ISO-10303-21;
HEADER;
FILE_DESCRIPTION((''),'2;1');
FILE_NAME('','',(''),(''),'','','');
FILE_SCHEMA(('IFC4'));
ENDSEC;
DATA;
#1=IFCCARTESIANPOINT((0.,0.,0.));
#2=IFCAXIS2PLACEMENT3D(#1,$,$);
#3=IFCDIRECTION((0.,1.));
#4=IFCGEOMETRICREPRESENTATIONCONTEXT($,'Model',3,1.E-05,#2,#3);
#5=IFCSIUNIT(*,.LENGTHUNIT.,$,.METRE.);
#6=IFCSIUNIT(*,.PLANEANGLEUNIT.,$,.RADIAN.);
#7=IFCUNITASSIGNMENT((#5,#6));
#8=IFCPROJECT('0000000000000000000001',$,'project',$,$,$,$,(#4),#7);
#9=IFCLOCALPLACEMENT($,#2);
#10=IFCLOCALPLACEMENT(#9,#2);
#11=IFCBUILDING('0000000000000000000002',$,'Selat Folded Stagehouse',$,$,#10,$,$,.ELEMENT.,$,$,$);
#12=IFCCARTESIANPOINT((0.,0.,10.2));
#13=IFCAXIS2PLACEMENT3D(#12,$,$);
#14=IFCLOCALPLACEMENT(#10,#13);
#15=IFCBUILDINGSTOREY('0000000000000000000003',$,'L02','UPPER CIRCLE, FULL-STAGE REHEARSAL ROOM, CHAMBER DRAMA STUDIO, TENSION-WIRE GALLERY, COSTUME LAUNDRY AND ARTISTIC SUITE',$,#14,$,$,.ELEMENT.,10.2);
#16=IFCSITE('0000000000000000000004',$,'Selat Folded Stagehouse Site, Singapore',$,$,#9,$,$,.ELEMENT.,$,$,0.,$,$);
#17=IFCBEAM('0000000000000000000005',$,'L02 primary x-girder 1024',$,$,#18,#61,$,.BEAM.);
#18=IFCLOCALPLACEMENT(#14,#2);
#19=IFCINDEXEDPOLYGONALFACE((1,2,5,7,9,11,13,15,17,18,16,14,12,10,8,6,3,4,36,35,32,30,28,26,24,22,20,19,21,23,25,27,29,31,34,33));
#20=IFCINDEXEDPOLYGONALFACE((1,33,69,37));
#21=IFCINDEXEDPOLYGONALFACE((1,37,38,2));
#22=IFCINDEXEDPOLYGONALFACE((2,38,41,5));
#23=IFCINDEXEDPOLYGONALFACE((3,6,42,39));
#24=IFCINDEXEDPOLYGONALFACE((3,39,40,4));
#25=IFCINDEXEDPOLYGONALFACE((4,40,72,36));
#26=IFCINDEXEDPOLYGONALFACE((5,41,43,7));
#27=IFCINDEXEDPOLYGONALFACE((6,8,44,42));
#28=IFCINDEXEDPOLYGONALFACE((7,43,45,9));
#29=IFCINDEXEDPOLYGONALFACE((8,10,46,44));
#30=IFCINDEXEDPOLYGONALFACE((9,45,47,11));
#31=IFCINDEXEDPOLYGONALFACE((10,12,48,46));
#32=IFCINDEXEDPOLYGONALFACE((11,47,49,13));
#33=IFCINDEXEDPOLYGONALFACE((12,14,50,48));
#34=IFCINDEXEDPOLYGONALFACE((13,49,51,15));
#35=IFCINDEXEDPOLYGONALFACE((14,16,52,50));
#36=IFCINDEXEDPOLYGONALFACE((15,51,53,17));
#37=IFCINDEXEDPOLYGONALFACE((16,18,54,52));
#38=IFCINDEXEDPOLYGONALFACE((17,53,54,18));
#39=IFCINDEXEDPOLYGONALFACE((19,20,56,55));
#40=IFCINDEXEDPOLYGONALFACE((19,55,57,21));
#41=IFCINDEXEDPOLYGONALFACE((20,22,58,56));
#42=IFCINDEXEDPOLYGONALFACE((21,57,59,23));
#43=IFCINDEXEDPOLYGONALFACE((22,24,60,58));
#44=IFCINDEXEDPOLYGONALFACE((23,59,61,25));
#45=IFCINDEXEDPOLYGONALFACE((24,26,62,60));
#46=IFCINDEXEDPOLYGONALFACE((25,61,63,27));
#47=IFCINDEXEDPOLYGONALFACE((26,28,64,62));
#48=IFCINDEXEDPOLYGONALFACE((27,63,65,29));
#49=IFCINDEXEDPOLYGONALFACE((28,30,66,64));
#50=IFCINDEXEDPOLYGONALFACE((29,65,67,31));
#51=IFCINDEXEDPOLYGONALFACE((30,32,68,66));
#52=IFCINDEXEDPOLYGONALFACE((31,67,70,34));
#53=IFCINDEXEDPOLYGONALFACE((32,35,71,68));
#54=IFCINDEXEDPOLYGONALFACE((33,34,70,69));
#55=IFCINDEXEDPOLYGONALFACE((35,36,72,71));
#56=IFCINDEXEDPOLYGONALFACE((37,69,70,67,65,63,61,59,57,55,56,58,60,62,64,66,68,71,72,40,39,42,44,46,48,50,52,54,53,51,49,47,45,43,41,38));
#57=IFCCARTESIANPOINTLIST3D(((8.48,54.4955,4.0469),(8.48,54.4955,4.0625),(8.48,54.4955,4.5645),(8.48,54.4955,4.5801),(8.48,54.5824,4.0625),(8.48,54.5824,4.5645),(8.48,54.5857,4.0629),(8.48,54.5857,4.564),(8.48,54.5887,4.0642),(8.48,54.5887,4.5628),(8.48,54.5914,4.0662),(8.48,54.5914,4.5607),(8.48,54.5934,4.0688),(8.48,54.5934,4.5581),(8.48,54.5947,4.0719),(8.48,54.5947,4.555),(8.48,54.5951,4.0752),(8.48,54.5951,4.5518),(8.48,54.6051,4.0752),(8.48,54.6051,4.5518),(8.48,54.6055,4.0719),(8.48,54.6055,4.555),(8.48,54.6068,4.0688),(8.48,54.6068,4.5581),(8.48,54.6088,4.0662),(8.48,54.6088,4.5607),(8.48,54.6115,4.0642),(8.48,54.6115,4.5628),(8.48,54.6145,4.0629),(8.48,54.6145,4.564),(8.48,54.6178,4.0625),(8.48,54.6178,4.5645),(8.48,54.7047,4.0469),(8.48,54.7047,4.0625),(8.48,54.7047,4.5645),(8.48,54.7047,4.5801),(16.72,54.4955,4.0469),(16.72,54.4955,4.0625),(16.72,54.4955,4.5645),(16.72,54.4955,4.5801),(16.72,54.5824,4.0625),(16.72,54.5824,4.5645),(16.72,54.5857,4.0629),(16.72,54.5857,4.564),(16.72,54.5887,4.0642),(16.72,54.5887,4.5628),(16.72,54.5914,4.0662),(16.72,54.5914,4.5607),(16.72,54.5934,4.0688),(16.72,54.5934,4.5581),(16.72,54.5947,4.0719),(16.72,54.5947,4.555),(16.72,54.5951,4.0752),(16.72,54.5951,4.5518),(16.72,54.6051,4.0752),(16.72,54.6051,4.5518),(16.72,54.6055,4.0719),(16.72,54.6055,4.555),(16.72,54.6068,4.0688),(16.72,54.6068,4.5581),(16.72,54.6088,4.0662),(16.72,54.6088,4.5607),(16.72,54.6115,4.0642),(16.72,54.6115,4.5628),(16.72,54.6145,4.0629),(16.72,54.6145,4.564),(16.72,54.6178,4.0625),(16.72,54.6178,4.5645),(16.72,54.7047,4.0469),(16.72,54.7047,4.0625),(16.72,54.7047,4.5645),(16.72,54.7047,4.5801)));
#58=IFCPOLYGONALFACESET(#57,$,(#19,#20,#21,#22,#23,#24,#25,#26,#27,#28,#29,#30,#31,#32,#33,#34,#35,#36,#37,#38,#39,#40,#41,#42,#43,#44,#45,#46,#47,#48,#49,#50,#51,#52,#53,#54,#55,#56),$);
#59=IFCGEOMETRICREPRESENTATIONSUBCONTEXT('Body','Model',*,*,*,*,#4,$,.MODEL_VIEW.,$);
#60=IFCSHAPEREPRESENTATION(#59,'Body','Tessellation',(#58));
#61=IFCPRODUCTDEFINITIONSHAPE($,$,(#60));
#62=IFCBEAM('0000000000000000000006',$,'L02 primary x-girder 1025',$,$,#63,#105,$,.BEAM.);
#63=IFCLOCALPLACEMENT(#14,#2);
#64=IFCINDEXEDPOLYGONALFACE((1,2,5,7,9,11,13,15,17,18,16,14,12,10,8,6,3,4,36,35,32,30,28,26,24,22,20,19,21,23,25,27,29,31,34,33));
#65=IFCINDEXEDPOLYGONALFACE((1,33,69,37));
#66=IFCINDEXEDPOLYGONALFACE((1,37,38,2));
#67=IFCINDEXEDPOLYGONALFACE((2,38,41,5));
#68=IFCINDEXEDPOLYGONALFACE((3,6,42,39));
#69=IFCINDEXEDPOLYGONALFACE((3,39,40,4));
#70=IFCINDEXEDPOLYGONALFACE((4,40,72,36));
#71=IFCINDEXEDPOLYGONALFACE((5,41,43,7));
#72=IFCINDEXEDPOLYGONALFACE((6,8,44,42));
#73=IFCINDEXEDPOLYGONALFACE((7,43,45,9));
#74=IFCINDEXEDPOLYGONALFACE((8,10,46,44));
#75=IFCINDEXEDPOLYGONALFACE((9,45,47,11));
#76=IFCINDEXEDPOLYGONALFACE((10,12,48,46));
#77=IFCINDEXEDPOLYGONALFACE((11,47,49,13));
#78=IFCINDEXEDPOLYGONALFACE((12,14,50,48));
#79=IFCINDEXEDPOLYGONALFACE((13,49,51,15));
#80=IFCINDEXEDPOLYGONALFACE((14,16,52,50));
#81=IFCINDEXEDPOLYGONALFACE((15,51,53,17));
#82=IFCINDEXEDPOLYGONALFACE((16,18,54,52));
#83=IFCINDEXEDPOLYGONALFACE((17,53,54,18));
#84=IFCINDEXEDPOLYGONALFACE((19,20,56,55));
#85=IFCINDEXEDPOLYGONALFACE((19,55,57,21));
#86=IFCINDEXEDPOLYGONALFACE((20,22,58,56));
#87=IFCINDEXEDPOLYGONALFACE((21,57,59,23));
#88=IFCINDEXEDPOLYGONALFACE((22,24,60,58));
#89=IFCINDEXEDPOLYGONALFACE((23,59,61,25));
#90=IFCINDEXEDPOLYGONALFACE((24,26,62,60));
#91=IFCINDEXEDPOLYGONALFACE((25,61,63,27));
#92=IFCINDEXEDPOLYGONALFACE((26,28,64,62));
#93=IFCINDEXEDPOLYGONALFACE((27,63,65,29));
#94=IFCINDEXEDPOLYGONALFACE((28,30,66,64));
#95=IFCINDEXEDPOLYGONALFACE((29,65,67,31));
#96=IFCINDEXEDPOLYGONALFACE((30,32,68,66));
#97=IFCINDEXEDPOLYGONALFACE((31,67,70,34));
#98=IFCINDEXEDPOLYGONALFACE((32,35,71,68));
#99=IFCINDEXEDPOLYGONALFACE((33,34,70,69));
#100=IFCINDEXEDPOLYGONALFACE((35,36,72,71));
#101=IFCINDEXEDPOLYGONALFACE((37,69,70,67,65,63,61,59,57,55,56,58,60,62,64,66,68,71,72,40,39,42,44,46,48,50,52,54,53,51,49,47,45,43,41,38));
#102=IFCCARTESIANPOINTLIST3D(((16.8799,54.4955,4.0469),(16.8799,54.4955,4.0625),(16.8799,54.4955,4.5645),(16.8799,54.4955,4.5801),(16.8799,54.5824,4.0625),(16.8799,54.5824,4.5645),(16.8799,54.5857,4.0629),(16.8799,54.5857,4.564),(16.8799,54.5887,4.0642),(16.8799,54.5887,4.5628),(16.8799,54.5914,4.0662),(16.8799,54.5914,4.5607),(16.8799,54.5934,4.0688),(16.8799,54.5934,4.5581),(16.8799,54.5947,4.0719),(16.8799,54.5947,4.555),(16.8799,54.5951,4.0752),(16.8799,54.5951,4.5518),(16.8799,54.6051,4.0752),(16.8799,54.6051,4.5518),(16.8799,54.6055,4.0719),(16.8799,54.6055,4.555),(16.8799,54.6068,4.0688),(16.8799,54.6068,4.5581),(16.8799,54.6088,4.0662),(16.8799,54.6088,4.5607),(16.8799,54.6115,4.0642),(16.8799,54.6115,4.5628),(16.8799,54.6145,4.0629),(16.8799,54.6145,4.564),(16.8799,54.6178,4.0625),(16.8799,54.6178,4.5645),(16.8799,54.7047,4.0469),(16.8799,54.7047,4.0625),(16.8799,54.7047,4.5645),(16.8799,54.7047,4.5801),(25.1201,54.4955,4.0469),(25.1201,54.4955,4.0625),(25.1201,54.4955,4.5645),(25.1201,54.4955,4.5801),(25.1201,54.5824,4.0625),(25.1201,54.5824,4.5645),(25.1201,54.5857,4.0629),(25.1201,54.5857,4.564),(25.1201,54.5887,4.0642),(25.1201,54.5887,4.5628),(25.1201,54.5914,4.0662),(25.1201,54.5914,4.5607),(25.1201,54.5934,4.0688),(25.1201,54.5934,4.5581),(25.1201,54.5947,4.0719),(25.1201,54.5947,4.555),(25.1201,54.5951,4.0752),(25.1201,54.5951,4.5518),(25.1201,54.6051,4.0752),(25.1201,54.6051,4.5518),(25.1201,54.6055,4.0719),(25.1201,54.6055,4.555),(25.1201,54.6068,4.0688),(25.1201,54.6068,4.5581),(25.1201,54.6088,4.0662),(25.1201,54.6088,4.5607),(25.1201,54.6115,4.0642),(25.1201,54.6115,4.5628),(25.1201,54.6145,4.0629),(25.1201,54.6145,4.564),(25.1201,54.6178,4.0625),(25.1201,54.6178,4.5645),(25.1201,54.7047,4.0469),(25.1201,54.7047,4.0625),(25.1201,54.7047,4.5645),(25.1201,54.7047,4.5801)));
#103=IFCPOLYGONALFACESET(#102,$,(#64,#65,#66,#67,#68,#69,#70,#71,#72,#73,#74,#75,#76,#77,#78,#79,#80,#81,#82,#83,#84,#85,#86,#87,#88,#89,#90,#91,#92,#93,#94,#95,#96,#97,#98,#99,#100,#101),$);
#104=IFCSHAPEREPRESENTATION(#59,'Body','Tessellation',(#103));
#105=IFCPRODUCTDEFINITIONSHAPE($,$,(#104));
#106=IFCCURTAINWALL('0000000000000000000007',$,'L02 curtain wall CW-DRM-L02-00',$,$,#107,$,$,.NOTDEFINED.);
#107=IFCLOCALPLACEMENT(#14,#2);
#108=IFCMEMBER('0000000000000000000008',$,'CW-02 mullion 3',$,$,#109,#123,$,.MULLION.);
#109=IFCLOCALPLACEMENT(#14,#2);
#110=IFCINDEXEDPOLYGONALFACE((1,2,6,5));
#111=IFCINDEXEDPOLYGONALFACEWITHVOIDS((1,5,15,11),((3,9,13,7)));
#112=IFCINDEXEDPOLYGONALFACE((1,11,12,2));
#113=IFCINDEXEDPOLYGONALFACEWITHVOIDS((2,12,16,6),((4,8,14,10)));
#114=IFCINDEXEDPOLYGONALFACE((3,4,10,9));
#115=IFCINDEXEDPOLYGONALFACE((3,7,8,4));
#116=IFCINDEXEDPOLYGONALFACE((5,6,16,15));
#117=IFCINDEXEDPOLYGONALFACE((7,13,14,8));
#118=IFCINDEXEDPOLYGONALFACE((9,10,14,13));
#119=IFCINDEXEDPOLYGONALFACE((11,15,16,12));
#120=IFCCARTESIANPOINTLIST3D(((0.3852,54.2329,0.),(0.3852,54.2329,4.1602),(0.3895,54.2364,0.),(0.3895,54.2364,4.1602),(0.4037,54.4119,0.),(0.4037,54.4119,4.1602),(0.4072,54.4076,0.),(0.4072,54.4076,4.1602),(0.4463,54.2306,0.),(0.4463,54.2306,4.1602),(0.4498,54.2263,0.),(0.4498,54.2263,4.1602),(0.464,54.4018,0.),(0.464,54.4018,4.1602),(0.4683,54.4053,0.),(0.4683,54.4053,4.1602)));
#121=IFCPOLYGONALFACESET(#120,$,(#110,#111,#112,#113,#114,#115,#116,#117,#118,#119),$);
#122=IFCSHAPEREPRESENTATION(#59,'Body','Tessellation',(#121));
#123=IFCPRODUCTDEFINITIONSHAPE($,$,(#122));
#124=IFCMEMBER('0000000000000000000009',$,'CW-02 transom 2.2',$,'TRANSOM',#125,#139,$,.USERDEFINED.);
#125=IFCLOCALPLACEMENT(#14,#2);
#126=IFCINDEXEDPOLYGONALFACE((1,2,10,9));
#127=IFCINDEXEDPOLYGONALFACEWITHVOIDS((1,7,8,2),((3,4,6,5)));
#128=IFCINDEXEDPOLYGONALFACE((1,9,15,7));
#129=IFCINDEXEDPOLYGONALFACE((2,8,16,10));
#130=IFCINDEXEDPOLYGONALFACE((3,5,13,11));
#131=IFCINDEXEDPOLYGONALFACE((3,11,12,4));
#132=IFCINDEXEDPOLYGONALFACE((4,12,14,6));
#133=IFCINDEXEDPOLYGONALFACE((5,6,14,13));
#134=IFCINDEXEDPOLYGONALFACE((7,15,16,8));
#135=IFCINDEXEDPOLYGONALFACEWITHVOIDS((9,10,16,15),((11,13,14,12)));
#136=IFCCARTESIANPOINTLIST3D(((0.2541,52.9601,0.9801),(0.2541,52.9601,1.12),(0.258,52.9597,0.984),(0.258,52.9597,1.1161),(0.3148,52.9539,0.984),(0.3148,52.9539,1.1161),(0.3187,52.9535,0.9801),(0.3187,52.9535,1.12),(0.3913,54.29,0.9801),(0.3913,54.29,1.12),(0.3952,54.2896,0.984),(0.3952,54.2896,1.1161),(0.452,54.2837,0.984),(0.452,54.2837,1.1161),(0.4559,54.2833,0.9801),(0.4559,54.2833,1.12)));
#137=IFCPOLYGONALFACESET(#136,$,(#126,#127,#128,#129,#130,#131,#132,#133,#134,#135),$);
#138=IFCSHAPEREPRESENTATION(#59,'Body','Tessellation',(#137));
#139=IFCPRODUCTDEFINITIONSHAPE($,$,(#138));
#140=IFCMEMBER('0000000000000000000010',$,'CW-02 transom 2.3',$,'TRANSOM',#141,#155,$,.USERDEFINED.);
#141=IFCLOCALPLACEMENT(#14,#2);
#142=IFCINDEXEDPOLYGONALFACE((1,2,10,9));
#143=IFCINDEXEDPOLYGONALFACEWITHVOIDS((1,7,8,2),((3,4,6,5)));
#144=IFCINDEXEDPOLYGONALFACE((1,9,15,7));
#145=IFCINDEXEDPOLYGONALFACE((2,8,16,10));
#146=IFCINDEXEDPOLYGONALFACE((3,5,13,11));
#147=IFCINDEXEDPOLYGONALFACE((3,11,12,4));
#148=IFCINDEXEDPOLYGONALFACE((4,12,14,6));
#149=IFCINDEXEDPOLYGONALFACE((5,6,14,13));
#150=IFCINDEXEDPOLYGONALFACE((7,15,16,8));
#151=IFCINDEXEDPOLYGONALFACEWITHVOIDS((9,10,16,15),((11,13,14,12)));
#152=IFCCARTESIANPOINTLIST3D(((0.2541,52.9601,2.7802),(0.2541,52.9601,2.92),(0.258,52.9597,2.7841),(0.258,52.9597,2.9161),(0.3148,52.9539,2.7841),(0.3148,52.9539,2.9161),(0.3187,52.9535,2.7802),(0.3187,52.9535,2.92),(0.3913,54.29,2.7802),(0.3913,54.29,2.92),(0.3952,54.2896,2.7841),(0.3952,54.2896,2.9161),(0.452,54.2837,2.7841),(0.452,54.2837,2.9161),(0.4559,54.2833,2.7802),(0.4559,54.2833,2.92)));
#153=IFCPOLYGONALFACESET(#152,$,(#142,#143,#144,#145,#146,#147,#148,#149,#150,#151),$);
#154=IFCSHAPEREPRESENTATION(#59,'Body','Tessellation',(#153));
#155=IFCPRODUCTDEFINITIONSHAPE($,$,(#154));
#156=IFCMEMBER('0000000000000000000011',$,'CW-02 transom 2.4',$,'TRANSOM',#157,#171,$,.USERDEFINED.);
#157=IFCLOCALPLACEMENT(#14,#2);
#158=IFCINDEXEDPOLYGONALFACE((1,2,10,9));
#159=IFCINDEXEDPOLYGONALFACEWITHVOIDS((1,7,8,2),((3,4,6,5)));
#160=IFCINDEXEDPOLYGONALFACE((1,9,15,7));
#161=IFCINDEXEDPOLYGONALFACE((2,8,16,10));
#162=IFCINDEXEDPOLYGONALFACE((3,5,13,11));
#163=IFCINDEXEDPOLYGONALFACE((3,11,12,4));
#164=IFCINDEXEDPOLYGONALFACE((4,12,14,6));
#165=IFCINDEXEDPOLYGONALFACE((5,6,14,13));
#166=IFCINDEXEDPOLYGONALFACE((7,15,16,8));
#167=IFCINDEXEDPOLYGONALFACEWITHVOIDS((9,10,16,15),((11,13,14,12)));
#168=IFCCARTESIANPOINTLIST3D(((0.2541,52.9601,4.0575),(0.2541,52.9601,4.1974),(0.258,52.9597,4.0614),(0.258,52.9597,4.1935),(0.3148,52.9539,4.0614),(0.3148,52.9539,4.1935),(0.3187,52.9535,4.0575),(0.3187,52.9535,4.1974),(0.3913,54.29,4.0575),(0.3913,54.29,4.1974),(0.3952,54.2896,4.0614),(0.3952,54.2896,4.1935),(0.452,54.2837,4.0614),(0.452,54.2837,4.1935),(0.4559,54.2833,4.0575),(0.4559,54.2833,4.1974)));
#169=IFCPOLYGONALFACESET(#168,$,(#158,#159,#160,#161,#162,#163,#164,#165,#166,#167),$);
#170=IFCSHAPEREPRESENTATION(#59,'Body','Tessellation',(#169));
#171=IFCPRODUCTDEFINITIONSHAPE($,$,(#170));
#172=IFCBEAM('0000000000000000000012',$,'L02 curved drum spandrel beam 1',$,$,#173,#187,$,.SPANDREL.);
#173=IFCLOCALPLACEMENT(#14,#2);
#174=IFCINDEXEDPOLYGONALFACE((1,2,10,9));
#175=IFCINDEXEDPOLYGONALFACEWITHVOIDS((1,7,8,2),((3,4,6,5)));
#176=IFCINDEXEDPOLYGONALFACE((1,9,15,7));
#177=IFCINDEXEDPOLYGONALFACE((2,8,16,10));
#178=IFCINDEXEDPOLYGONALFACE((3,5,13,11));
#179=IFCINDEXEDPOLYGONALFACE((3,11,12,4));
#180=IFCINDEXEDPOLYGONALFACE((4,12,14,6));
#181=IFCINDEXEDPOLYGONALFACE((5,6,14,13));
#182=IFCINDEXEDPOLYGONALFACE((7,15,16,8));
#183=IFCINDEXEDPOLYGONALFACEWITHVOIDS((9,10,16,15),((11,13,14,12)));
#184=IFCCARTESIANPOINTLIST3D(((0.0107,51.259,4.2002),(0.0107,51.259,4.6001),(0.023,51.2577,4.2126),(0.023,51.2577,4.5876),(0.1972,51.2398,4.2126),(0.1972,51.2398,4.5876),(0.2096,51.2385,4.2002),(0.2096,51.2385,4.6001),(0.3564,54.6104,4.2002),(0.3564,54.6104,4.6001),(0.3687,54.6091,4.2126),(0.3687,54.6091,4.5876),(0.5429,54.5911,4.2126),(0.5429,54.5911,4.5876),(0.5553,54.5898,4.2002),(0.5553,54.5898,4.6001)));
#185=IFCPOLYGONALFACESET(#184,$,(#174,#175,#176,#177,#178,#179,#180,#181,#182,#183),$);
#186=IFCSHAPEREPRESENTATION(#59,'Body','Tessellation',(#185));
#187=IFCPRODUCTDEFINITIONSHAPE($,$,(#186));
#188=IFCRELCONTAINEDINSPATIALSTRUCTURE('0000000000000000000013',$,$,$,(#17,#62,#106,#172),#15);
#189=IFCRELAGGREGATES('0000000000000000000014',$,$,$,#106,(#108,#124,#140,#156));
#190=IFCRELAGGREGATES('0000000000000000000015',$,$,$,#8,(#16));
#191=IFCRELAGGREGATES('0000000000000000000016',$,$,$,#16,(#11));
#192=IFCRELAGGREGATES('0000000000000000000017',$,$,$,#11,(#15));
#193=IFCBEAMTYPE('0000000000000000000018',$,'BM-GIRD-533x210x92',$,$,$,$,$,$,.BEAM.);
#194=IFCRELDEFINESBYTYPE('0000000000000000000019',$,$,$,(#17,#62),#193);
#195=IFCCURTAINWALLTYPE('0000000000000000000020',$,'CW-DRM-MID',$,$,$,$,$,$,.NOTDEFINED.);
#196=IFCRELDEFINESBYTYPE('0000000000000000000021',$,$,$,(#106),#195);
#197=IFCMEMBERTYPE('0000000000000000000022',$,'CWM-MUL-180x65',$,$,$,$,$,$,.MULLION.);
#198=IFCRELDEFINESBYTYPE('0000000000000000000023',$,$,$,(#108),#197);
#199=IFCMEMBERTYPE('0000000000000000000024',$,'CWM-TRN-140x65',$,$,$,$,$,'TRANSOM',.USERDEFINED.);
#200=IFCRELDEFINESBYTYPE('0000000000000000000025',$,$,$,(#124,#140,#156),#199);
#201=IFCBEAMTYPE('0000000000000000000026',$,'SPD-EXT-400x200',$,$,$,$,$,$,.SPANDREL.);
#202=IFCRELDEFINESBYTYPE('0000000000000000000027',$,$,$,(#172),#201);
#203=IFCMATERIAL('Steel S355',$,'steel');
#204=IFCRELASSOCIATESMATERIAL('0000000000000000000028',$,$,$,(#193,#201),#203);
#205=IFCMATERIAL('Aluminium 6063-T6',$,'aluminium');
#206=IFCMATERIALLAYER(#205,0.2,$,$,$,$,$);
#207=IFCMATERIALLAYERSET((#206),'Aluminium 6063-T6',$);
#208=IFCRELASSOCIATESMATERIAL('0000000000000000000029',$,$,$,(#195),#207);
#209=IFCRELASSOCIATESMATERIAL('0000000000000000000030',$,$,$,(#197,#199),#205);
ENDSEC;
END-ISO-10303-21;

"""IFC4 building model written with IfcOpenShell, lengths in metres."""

from ifc_helpers import new_model, si_unit, direction, frame, origin, origin_2d, place, context, subcontext, project, spatial, hollow_rectangle, i_section, extrude, material, layer, layer_set, material_profile, profile_set, type_object, element, aggregate, save


model = new_model("IFC4")

# Units and contexts
model_context = context("Model", 3, precision=1e-05, world=origin(), true_north=direction((0.0, 1.0)))
body_context = subcontext(model_context, "Body", "Model", "MODEL_VIEW")
ifc_project = project(units=[si_unit("LENGTHUNIT", "METRE"), si_unit("PLANEANGLEUNIT", "RADIAN")], contexts=[model_context])

# Site, building, storey
site_placement = place(None, origin())
site = spatial("IfcSite", under=ifc_project, at=site_placement, Name="Selat Folded Stagehouse Site, Singapore", CompositionType="ELEMENT", RefElevation=0.0)
building_placement = place(site_placement, origin())
building = spatial("IfcBuilding", under=site, at=building_placement, Name="Selat Folded Stagehouse", CompositionType="ELEMENT")
storey_placement = place(building_placement, frame((0.0, 0.0, 10.2)))
storey = spatial("IfcBuildingStorey", under=building, at=storey_placement, Name="L02", Description="UPPER CIRCLE, FULL-STAGE REHEARSAL ROOM, CHAMBER DRAMA STUDIO, TENSION-WIRE GALLERY, COSTUME LAUNDRY AND ARTISTIC SUITE", CompositionType="ELEMENT", Elevation=10.2)

# Shared definitions
ifc_material_1 = material(Name="Steel S355", Category="steel")

# Beams
ifc_material_profile_1 = material_profile(ifc_material_1, i_section(OverallWidth=0.2092, OverallDepth=0.5332, WebThickness=0.01, FlangeThickness=0.0156, FilletRadius=0.0127, at=origin_2d()), Name="UKB 533x210x92")
ifc_profile_set_1 = profile_set([ifc_material_profile_1], Name="Steel S355")
beam_type_1 = type_object("IfcBeamType", Name="BM-GIRD-533x210x92", PredefinedType="BEAM", material=ifc_profile_set_1)
beam_1_placement = place(storey_placement, frame((8.48, 54.6001, 4.3135), z_axis=(1.0, 0.0, 0.0), x_axis=(0.0, 1.0, 0.0)))
element("IfcBeam", 1, at=beam_1_placement, inside=storey, type_object=beam_type_1, Name="L02 primary x-girder 1024", PredefinedType="BEAM", context=body_context, shape_type="SweptSolid", body=[
    extrude(i_section(OverallWidth=0.2092, OverallDepth=0.5332, WebThickness=0.01, FlangeThickness=0.0156, FilletRadius=0.0127, at=origin_2d()), origin(), (0.0, 0.0, 1.0), 8.24),
])
beam_2_placement = place(storey_placement, frame((16.8799, 54.6001, 4.3135), z_axis=(1.0, 0.0, 0.0), x_axis=(0.0, 1.0, 0.0)))
element("IfcBeam", 2, at=beam_2_placement, inside=storey, type_object=beam_type_1, Name="L02 primary x-girder 1025", PredefinedType="BEAM", context=body_context, shape_type="SweptSolid", body=[
    extrude(i_section(OverallWidth=0.2092, OverallDepth=0.5332, WebThickness=0.01, FlangeThickness=0.0156, FilletRadius=0.0127, at=origin_2d()), origin(), (0.0, 0.0, 1.0), 8.2402),
])

# Curtain wall, members
ifc_material_2 = material(Name="Aluminium 6063-T6", Category="aluminium")
ifc_layer_1 = layer(ifc_material_2, 0.2)
ifc_layer_set_1 = layer_set([ifc_layer_1], Name="Aluminium 6063-T6")
curtain_wall_type = type_object("IfcCurtainWallType", Name="CW-DRM-MID", PredefinedType="NOTDEFINED", material=ifc_layer_set_1)
curtain_wall_placement = place(storey_placement, origin())
curtain_wall = element("IfcCurtainWall", 3, at=curtain_wall_placement, inside=storey, type_object=curtain_wall_type, Name="L02 curtain wall CW-DRM-L02-00", PredefinedType="NOTDEFINED")
ifc_material_profile_2 = material_profile(ifc_material_2, hollow_rectangle(XDim=0.0649, YDim=0.1799, WallThickness=0.0039, at=origin_2d()), Name="ALU 180x65x4.0")
ifc_profile_set_2 = profile_set([ifc_material_profile_2], Name="Aluminium 6063-T6")
member_type_1 = type_object("IfcMemberType", Name="CWM-MUL-180x65", PredefinedType="MULLION", material=ifc_profile_set_2)
member_1_placement = place(storey_placement, frame((0.4268, 54.3191, 0.0), z_axis=(0.0, 0.0, 1.0), x_axis=(-0.994721, 0.102616, 0.0)))
member_1 = element("IfcMember", 4, at=member_1_placement, type_object=member_type_1, Name="CW-02 mullion 3", PredefinedType="MULLION", context=body_context, shape_type="SweptSolid", body=[
    extrude(hollow_rectangle(XDim=0.0649, YDim=0.1799, WallThickness=0.0039, at=origin_2d()), origin(), (0.0, 0.0, 1.0), 4.1602),
])
ifc_material_profile_3 = material_profile(ifc_material_2, hollow_rectangle(XDim=0.0649, YDim=0.1399, WallThickness=0.0039, at=origin_2d()), Name="ALU 140x65x4.0")
ifc_profile_set_3 = profile_set([ifc_material_profile_3], Name="Aluminium 6063-T6")
member_type_2 = type_object("IfcMemberType", Name="CWM-TRN-140x65", ElementType="TRANSOM", PredefinedType="USERDEFINED", material=ifc_profile_set_3)
member_2_placement = place(storey_placement, frame((0.2864, 52.9568, 1.05), z_axis=(0.102631, 0.994719, 0.0), x_axis=(-0.994719, 0.102631, 0.0)))
member_2 = element("IfcMember", 5, at=member_2_placement, type_object=member_type_2, Name="CW-02 transom 2.2", ObjectType="TRANSOM", PredefinedType="USERDEFINED", context=body_context, shape_type="SweptSolid", body=[
    extrude(hollow_rectangle(XDim=0.0649, YDim=0.1399, WallThickness=0.0039, at=origin_2d()), origin(), (0.0, 0.0, 1.0), 1.3369),
])
member_3_placement = place(storey_placement, frame((0.2864, 52.9568, 2.8501), z_axis=(0.102631, 0.994719, 0.0), x_axis=(-0.994719, 0.102631, 0.0)))
member_3 = element("IfcMember", 6, at=member_3_placement, type_object=member_type_2, Name="CW-02 transom 2.3", ObjectType="TRANSOM", PredefinedType="USERDEFINED", context=body_context, shape_type="SweptSolid", body=[
    extrude(hollow_rectangle(XDim=0.0649, YDim=0.1399, WallThickness=0.0039, at=origin_2d()), origin(), (0.0, 0.0, 1.0), 1.3369),
])
member_4_placement = place(storey_placement, frame((0.2864, 52.9568, 4.1274), z_axis=(0.102631, 0.994719, 0.0), x_axis=(-0.994719, 0.102631, 0.0)))
member_4 = element("IfcMember", 7, at=member_4_placement, type_object=member_type_2, Name="CW-02 transom 2.4", ObjectType="TRANSOM", PredefinedType="USERDEFINED", context=body_context, shape_type="SweptSolid", body=[
    extrude(hollow_rectangle(XDim=0.0649, YDim=0.1399, WallThickness=0.0039, at=origin_2d()), origin(), (0.0, 0.0, 1.0), 1.3369),
])

# Beam
ifc_material_profile_4 = material_profile(ifc_material_1, hollow_rectangle(XDim=0.2, YDim=0.3999, WallThickness=0.0125, at=origin_2d()), Name="RHS 400x200x12.5")
ifc_profile_set_4 = profile_set([ifc_material_profile_4], Name="Steel S355")
beam_type_2 = type_object("IfcBeamType", Name="SPD-EXT-400x200", PredefinedType="SPANDREL", material=ifc_profile_set_4)
beam_3_placement = place(storey_placement, frame((0.4558, 54.6001, 4.4001), z_axis=(-0.10261, -0.994722, 0.0), x_axis=(0.994722, -0.10261, 0.0)))
element("IfcBeam", 8, at=beam_3_placement, inside=storey, type_object=beam_type_2, Name="L02 curved drum spandrel beam 1", PredefinedType="SPANDREL", context=body_context, shape_type="SweptSolid", body=[
    extrude(hollow_rectangle(XDim=0.2, YDim=0.3999, WallThickness=0.0125, at=origin_2d()), origin(), (0.0, 0.0, 1.0), 3.3691),
])

aggregate(curtain_wall, [member_1, member_2, member_3, member_4])

save(model, "model.ifc")
